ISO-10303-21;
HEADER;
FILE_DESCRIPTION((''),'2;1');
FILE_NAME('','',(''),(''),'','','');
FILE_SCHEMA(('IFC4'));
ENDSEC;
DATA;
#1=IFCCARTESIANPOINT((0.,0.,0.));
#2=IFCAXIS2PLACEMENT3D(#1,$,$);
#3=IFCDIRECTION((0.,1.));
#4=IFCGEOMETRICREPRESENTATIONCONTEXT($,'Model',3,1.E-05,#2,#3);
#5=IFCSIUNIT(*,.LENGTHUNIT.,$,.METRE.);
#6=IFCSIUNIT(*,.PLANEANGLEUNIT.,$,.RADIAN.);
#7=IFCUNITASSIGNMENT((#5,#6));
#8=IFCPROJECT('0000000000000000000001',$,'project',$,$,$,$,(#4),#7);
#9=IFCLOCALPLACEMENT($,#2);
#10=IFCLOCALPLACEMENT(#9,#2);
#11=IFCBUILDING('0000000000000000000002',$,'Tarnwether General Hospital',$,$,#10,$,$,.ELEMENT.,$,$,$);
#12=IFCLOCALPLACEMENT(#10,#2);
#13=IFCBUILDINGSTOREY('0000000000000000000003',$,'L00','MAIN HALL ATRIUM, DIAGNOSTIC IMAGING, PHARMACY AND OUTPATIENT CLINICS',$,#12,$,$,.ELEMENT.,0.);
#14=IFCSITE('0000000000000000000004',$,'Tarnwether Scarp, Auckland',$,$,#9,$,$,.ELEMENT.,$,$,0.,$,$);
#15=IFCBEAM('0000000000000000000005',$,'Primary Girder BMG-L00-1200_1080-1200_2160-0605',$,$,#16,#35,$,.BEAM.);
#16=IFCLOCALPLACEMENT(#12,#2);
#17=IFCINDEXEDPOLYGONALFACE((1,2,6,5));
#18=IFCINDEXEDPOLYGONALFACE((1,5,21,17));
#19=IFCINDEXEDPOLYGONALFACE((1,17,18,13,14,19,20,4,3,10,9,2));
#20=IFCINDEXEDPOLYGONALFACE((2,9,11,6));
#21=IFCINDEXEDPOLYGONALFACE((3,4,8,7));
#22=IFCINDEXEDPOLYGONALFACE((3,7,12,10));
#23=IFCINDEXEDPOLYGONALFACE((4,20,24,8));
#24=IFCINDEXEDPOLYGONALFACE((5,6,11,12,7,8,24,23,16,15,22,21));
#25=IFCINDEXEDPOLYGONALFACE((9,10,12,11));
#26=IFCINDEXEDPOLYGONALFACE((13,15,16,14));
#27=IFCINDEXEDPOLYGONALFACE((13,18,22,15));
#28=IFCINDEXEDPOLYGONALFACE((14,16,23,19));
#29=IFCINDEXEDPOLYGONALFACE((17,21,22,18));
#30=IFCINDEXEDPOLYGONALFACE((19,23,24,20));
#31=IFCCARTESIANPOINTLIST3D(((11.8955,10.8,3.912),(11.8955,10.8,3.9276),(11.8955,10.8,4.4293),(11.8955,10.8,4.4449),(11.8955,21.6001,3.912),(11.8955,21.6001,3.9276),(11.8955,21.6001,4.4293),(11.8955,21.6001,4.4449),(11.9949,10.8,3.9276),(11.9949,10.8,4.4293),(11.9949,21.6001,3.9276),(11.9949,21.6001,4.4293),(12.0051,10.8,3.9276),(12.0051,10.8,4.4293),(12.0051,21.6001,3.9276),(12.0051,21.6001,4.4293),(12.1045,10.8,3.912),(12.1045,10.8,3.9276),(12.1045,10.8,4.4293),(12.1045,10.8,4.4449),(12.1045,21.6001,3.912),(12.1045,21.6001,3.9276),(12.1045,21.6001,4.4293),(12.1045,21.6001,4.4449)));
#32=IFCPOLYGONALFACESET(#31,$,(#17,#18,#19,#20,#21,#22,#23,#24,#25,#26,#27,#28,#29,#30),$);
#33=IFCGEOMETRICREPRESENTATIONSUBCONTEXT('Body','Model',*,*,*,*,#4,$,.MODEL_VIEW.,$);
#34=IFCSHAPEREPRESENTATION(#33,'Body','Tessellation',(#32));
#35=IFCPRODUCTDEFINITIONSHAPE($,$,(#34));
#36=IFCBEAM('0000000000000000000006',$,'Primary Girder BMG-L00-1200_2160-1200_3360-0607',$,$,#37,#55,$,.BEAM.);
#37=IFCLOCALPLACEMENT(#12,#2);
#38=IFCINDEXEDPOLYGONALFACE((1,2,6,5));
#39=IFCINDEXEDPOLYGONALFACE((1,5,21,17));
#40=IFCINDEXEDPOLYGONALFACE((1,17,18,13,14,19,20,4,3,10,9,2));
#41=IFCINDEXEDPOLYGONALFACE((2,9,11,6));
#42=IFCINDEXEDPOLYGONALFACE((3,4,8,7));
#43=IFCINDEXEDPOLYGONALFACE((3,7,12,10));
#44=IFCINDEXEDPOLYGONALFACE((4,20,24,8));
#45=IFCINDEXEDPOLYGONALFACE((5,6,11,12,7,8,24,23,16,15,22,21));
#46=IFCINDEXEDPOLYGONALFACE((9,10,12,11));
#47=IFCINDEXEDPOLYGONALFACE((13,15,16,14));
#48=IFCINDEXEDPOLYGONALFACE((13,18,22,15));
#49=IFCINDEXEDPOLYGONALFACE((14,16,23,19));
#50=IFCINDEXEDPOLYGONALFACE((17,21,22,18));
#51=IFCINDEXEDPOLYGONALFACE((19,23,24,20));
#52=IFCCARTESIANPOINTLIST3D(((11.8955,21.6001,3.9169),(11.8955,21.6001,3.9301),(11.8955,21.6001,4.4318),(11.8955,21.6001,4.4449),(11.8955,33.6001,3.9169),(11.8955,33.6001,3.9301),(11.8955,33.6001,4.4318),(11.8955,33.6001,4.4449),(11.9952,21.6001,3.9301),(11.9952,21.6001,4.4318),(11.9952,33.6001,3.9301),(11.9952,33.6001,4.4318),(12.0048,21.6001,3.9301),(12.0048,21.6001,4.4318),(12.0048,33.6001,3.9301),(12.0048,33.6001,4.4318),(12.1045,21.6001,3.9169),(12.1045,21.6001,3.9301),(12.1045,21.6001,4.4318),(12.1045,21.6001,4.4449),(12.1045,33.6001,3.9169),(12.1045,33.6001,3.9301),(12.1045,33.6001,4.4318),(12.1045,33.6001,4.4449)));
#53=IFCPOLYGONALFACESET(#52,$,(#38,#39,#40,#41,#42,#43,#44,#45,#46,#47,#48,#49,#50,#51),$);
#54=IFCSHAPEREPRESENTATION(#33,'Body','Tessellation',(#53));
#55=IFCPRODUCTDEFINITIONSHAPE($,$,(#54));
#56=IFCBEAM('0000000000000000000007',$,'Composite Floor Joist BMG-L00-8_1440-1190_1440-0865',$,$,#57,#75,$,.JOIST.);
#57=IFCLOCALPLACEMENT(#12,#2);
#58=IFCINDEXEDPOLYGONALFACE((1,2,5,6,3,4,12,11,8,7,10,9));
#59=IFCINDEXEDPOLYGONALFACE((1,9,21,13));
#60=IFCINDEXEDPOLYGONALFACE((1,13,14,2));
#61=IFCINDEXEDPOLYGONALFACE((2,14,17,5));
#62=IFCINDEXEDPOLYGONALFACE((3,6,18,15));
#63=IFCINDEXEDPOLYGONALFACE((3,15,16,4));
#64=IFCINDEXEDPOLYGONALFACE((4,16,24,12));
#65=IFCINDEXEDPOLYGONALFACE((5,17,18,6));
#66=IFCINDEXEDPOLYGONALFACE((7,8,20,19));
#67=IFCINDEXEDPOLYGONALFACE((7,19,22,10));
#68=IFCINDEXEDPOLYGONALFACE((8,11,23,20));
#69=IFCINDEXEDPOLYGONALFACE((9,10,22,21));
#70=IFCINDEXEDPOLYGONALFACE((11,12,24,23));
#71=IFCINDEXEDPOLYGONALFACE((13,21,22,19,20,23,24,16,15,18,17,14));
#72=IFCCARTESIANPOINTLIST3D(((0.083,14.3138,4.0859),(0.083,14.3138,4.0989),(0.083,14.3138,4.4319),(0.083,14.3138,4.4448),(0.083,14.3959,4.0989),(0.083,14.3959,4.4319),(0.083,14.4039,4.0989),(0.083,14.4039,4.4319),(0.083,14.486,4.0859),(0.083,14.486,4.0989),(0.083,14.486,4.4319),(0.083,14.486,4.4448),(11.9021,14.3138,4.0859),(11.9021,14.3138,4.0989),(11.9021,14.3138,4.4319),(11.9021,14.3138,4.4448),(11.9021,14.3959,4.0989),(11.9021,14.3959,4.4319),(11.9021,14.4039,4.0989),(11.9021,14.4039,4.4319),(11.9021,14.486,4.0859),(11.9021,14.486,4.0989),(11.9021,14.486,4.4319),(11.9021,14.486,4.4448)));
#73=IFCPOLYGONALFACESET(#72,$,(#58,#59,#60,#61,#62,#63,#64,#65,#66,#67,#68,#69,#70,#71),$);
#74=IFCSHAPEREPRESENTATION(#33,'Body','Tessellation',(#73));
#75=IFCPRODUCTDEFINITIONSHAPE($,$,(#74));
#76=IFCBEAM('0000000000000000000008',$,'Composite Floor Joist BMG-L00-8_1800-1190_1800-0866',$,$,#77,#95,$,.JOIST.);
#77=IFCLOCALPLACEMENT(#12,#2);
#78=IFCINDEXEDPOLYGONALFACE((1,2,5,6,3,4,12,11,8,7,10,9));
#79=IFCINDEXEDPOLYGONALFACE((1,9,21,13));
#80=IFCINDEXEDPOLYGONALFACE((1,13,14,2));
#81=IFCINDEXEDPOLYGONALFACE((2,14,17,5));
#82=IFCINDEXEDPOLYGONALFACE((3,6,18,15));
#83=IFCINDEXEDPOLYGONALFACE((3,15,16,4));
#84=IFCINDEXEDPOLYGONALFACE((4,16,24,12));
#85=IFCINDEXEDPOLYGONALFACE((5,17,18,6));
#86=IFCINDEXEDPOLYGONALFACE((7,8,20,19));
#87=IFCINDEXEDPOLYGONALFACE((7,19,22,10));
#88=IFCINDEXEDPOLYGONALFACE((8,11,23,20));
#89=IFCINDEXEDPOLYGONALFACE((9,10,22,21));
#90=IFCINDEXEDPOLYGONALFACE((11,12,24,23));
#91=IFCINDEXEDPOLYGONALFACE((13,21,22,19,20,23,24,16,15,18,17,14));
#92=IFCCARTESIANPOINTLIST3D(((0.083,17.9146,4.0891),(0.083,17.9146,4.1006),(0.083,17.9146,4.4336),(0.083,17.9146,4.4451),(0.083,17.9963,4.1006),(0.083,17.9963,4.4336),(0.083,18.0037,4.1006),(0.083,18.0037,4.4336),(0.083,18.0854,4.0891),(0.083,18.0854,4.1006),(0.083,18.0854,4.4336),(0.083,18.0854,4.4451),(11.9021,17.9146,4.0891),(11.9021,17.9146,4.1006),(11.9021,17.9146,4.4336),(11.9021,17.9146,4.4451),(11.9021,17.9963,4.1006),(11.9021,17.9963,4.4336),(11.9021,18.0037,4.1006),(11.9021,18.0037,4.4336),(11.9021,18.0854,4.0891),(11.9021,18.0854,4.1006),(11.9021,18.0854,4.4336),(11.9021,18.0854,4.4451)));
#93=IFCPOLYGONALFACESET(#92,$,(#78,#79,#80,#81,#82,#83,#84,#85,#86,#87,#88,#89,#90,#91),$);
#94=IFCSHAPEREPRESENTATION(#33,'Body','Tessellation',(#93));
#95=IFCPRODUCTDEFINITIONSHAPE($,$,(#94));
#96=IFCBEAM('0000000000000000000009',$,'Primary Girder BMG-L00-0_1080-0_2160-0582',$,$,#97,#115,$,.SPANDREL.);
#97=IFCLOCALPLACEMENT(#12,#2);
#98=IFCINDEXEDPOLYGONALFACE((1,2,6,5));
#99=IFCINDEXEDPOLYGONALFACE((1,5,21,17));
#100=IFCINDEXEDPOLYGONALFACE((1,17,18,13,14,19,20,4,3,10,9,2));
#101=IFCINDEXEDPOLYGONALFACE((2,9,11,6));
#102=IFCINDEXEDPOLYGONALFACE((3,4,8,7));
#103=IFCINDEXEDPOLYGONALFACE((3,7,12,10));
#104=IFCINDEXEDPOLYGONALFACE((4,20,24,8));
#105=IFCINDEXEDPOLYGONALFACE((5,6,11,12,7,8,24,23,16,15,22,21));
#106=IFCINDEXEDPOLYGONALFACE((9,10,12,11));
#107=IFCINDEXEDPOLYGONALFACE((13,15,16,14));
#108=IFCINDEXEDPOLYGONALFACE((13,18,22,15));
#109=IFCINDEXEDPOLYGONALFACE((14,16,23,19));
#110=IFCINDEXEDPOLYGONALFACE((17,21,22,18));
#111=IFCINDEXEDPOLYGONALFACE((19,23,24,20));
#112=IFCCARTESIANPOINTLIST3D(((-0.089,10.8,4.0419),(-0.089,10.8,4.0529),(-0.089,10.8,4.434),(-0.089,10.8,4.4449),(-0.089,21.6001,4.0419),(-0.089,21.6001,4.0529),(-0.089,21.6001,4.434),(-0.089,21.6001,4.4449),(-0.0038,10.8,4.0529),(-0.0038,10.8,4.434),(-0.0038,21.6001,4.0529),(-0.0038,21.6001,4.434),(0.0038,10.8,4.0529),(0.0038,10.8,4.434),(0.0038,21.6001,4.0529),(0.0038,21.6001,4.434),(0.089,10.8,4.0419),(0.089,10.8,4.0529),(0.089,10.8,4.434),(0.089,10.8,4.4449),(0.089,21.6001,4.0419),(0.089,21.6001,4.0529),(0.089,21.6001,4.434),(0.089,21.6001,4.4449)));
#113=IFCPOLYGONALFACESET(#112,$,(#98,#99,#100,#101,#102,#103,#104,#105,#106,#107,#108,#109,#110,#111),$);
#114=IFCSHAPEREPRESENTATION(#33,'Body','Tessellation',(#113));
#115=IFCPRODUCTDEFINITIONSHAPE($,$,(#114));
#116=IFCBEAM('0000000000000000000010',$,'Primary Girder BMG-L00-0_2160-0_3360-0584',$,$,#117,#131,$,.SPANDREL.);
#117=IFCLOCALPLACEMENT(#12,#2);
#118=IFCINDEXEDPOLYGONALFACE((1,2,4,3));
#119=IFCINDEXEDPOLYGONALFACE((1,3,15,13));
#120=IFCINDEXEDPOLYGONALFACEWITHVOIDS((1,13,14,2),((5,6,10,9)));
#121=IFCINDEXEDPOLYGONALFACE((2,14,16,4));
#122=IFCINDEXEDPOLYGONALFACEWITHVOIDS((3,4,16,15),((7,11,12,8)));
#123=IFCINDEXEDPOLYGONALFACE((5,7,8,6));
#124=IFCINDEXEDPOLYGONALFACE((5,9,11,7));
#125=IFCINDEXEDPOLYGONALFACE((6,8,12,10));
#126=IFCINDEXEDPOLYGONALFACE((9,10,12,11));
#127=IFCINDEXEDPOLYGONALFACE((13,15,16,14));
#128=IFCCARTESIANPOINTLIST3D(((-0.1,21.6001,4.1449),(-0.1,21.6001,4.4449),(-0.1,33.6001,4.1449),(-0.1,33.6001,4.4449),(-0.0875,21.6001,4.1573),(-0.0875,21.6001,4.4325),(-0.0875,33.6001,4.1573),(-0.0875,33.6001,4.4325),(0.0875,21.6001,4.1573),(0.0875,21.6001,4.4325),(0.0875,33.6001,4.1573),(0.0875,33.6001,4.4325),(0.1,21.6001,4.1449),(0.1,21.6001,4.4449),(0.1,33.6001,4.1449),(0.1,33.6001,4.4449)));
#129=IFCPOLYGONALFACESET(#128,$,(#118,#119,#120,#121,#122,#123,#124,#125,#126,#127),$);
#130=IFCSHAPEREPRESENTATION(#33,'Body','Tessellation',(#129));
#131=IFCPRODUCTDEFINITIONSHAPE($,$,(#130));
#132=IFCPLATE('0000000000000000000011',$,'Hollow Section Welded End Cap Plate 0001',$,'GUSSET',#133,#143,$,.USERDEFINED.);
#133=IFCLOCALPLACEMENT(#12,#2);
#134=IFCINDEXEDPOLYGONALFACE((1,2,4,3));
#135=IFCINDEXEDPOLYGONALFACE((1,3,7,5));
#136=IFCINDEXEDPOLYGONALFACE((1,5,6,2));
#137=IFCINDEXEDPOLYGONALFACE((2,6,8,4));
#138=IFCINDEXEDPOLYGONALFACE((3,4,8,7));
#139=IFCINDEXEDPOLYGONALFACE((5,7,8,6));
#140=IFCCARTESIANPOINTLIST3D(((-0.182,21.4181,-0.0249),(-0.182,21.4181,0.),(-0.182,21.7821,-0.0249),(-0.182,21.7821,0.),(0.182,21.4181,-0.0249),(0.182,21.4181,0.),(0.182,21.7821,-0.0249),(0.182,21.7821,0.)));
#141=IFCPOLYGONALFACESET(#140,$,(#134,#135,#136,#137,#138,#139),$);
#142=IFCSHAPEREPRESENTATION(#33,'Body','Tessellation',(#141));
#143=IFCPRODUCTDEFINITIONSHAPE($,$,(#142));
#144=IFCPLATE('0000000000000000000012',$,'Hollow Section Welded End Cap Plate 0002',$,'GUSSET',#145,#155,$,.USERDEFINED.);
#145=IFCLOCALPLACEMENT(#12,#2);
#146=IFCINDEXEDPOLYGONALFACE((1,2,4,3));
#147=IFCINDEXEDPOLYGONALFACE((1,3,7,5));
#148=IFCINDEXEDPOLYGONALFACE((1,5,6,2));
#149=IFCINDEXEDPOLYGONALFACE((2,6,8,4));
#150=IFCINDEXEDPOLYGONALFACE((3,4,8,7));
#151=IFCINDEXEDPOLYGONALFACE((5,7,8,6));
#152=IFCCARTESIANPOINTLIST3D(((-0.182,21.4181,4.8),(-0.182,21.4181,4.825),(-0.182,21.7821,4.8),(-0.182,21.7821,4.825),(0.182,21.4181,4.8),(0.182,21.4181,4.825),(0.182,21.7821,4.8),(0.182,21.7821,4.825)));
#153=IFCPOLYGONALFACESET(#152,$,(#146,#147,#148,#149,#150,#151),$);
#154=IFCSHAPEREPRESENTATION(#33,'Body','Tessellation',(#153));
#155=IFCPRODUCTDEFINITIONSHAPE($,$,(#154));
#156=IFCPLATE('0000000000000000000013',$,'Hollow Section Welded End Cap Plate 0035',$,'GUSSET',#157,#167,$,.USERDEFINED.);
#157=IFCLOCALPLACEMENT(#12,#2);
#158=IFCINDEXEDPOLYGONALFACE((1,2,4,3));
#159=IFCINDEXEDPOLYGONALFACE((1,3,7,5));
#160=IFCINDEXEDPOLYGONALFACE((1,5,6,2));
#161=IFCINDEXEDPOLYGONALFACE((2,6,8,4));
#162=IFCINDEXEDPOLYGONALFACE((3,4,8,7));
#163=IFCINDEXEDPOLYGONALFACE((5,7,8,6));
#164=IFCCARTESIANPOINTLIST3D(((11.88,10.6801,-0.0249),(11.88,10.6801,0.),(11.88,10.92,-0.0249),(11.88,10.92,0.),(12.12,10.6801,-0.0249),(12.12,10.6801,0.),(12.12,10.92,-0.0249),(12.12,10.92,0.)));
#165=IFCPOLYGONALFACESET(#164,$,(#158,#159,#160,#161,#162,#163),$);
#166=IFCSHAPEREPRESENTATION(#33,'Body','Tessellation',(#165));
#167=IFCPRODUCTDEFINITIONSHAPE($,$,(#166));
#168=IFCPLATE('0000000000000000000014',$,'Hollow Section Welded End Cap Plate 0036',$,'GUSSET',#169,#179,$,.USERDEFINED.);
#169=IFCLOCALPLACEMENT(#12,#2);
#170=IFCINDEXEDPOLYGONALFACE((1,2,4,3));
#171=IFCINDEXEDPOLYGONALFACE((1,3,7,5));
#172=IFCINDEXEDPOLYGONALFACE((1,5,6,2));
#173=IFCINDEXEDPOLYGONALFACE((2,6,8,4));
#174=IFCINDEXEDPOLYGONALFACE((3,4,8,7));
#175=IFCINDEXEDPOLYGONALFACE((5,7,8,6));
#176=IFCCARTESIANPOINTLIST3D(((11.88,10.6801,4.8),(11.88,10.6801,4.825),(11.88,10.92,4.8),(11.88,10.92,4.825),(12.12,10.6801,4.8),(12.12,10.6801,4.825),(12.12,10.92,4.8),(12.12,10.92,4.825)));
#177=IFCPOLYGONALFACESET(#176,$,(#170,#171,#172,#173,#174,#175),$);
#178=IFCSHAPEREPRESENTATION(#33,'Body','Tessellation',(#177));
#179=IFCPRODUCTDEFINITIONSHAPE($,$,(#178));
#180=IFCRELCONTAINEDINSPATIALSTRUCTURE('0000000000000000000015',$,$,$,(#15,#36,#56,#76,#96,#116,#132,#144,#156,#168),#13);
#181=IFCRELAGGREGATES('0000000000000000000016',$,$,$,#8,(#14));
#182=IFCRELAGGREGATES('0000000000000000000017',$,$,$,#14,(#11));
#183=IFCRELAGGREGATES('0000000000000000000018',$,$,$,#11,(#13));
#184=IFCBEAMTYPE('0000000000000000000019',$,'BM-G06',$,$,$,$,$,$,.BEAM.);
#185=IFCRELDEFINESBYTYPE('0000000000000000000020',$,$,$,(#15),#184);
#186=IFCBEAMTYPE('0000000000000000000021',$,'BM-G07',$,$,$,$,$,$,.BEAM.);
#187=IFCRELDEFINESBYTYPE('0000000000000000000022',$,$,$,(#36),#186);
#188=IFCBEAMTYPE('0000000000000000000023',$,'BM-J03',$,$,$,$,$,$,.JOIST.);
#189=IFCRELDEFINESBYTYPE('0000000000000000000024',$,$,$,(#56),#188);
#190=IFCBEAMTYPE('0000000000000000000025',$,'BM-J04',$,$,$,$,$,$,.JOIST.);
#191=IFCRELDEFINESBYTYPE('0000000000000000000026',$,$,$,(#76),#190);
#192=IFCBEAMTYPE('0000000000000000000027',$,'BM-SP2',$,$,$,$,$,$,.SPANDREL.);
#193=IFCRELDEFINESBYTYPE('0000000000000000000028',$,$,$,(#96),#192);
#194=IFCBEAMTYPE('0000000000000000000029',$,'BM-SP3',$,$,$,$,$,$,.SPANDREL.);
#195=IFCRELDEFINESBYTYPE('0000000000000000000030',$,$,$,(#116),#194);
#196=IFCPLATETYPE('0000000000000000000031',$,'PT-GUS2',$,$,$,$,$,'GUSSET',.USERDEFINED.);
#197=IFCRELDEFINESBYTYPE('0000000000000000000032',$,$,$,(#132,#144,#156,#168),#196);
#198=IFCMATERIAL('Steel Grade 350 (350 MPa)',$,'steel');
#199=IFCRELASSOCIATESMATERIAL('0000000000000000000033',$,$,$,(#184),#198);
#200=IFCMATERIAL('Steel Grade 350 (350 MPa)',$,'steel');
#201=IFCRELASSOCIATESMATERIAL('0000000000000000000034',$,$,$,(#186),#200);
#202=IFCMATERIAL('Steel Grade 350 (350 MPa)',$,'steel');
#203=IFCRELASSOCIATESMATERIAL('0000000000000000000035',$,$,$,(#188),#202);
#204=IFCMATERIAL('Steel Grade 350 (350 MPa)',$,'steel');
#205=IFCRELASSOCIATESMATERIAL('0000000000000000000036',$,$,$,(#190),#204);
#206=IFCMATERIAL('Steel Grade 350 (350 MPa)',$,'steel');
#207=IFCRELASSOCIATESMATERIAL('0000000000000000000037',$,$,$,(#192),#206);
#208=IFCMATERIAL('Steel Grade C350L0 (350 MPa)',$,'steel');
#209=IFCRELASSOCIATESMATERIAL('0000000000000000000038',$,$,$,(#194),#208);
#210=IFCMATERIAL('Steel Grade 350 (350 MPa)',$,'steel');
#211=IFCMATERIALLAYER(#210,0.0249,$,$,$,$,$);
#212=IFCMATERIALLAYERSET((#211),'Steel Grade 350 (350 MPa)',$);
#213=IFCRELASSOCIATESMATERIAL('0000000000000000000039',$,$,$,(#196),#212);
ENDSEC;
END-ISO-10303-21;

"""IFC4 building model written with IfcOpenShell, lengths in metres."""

from ifc_helpers import new_model, si_unit, direction, frame, origin, origin_2d, place, context, subcontext, project, spatial, rectangle, hollow_rectangle, i_section, extrude, material, layer, layer_set, material_profile, profile_set, type_object, element, save


model = new_model("IFC4")

# Units and contexts
model_context = context("Model", 3, precision=1e-05, world=origin(), true_north=direction((0.0, 1.0)))
body_context = subcontext(model_context, "Body", "Model", "MODEL_VIEW")
ifc_project = project(units=[si_unit("LENGTHUNIT", "METRE"), si_unit("PLANEANGLEUNIT", "RADIAN")], contexts=[model_context])

# Site, building, storey
site_placement = place(None, origin())
site = spatial("IfcSite", under=ifc_project, at=site_placement, Name="Tarnwether Scarp, Auckland", CompositionType="ELEMENT", RefElevation=0.0)
building_placement = place(site_placement, origin())
building = spatial("IfcBuilding", under=site, at=building_placement, Name="Tarnwether General Hospital", CompositionType="ELEMENT")
storey_placement = place(building_placement, origin())
storey = spatial("IfcBuildingStorey", under=building, at=storey_placement, Name="L00", Description="MAIN HALL ATRIUM, DIAGNOSTIC IMAGING, PHARMACY AND OUTPATIENT CLINICS", CompositionType="ELEMENT", Elevation=0.0)

# Beams
ifc_material_1 = material(Name="Steel Grade 350 (350 MPa)", Category="steel")
ifc_material_profile_1 = material_profile(ifc_material_1, i_section(OverallWidth=0.209, OverallDepth=0.533, WebThickness=0.0103, FlangeThickness=0.0156, at=origin_2d()), Name="530UB92.4")
ifc_profile_set_1 = profile_set([ifc_material_profile_1], Name="Steel Grade 350 (350 MPa)")
beam_type_1 = type_object("IfcBeamType", Name="BM-G06", PredefinedType="BEAM", material=ifc_profile_set_1)
beam_1_placement = place(storey_placement, frame((12.0, 10.8, 4.1785), z_axis=(0.0, 1.0, 0.0), x_axis=(-1.0, 0.0, 0.0)))
element("IfcBeam", 1, at=beam_1_placement, inside=storey, type_object=beam_type_1, Name="Primary Girder BMG-L00-1200_1080-1200_2160-0605", PredefinedType="BEAM", context=body_context, shape_type="SweptSolid", body=[
    extrude(i_section(OverallWidth=0.209, OverallDepth=0.533, WebThickness=0.0103, FlangeThickness=0.0156, at=origin_2d()), origin(), (0.0, 0.0, 1.0), 10.8),
])
ifc_material_2 = material(Name="Steel Grade 350 (350 MPa)", Category="steel")
ifc_material_profile_2 = material_profile(ifc_material_2, i_section(OverallWidth=0.209, OverallDepth=0.5281, WebThickness=0.0095, FlangeThickness=0.0132, at=origin_2d()), Name="530UB82.0")
ifc_profile_set_2 = profile_set([ifc_material_profile_2], Name="Steel Grade 350 (350 MPa)")
beam_type_2 = type_object("IfcBeamType", Name="BM-G07", PredefinedType="BEAM", material=ifc_profile_set_2)
beam_2_placement = place(storey_placement, frame((12.0, 21.6001, 4.1809), z_axis=(0.0, 1.0, 0.0), x_axis=(-1.0, 0.0, 0.0)))
element("IfcBeam", 2, at=beam_2_placement, inside=storey, type_object=beam_type_2, Name="Primary Girder BMG-L00-1200_2160-1200_3360-0607", PredefinedType="BEAM", context=body_context, shape_type="SweptSolid", body=[
    extrude(i_section(OverallWidth=0.209, OverallDepth=0.5281, WebThickness=0.0095, FlangeThickness=0.0132, at=origin_2d()), origin(), (0.0, 0.0, 1.0), 12.0),
])
ifc_material_3 = material(Name="Steel Grade 350 (350 MPa)", Category="steel")
ifc_material_profile_3 = material_profile(ifc_material_3, i_section(OverallWidth=0.1721, OverallDepth=0.3589, WebThickness=0.0081, FlangeThickness=0.0129, at=origin_2d()), Name="360UB56.7")
ifc_profile_set_3 = profile_set([ifc_material_profile_3], Name="Steel Grade 350 (350 MPa)")
beam_type_3 = type_object("IfcBeamType", Name="BM-J03", PredefinedType="JOIST", material=ifc_profile_set_3)
beam_3_placement = place(storey_placement, frame((0.083, 14.3999, 4.2654), z_axis=(1.0, 0.0, 0.0), x_axis=(0.0, 1.0, 0.0)))
element("IfcBeam", 3, at=beam_3_placement, inside=storey, type_object=beam_type_3, Name="Composite Floor Joist BMG-L00-8_1440-1190_1440-0865", PredefinedType="JOIST", context=body_context, shape_type="SweptSolid", body=[
    extrude(i_section(OverallWidth=0.1721, OverallDepth=0.3589, WebThickness=0.0081, FlangeThickness=0.0129, at=origin_2d()), origin(), (0.0, 0.0, 1.0), 11.8191),
])
ifc_material_4 = material(Name="Steel Grade 350 (350 MPa)", Category="steel")
ifc_material_profile_4 = material_profile(ifc_material_4, i_section(OverallWidth=0.1709, OverallDepth=0.356, WebThickness=0.0073, FlangeThickness=0.0115, at=origin_2d()), Name="360UB50.7")
ifc_profile_set_4 = profile_set([ifc_material_profile_4], Name="Steel Grade 350 (350 MPa)")
beam_type_4 = type_object("IfcBeamType", Name="BM-J04", PredefinedType="JOIST", material=ifc_profile_set_4)
beam_4_placement = place(storey_placement, frame((0.083, 18.0, 4.2671), z_axis=(1.0, 0.0, 0.0), x_axis=(0.0, 1.0, 0.0)))
element("IfcBeam", 4, at=beam_4_placement, inside=storey, type_object=beam_type_4, Name="Composite Floor Joist BMG-L00-8_1800-1190_1800-0866", PredefinedType="JOIST", context=body_context, shape_type="SweptSolid", body=[
    extrude(i_section(OverallWidth=0.1709, OverallDepth=0.356, WebThickness=0.0073, FlangeThickness=0.0115, at=origin_2d()), origin(), (0.0, 0.0, 1.0), 11.8191),
])
ifc_material_5 = material(Name="Steel Grade 350 (350 MPa)", Category="steel")
ifc_material_profile_5 = material_profile(ifc_material_5, i_section(OverallWidth=0.178, OverallDepth=0.4031, WebThickness=0.0076, FlangeThickness=0.011, at=origin_2d()), Name="410UB53.7")
ifc_profile_set_5 = profile_set([ifc_material_profile_5], Name="Steel Grade 350 (350 MPa)")
beam_type_5 = type_object("IfcBeamType", Name="BM-SP2", PredefinedType="SPANDREL", material=ifc_profile_set_5)
beam_5_placement = place(storey_placement, frame((0.0, 10.8, 4.2434), z_axis=(0.0, 1.0, 0.0), x_axis=(-1.0, 0.0, 0.0)))
element("IfcBeam", 5, at=beam_5_placement, inside=storey, type_object=beam_type_5, Name="Primary Girder BMG-L00-0_1080-0_2160-0582", PredefinedType="SPANDREL", context=body_context, shape_type="SweptSolid", body=[
    extrude(i_section(OverallWidth=0.178, OverallDepth=0.4031, WebThickness=0.0076, FlangeThickness=0.011, at=origin_2d()), origin(), (0.0, 0.0, 1.0), 10.8),
])
ifc_material_6 = material(Name="Steel Grade C350L0 (350 MPa)", Category="steel")
ifc_material_profile_6 = material_profile(ifc_material_6, hollow_rectangle(XDim=0.2, YDim=0.3, WallThickness=0.0125, at=origin_2d()), Name="RHS300x200x12.5")
ifc_profile_set_6 = profile_set([ifc_material_profile_6], Name="Steel Grade C350L0 (350 MPa)")
beam_type_6 = type_object("IfcBeamType", Name="BM-SP3", PredefinedType="SPANDREL", material=ifc_profile_set_6)
beam_6_placement = place(storey_placement, frame((0.0, 21.6001, 4.2949), z_axis=(0.0, 1.0, 0.0), x_axis=(-1.0, 0.0, 0.0)))
element("IfcBeam", 6, at=beam_6_placement, inside=storey, type_object=beam_type_6, Name="Primary Girder BMG-L00-0_2160-0_3360-0584", PredefinedType="SPANDREL", context=body_context, shape_type="SweptSolid", body=[
    extrude(hollow_rectangle(XDim=0.2, YDim=0.3, WallThickness=0.0125, at=origin_2d()), origin(), (0.0, 0.0, 1.0), 12.0),
])

# Plates
ifc_material_7 = material(Name="Steel Grade 350 (350 MPa)", Category="steel")
ifc_layer_1 = layer(ifc_material_7, 0.0249)
ifc_layer_set_1 = layer_set([ifc_layer_1], Name="Steel Grade 350 (350 MPa)")
plate_type = type_object("IfcPlateType", Name="PT-GUS2", ElementType="GUSSET", PredefinedType="USERDEFINED", material=ifc_layer_set_1)
for number, where, z_axis, x_axis, name in (
    (7, (0.0, 21.6001, -0.0249), (0.0, 0.0, 1.0), (1.0, 0.0, 0.0), "Hollow Section Welded End Cap Plate 0001"),
    (8, (0.0, 21.6001, 4.8), (0.0, 0.0, 1.0), (1.0, 0.0, 0.0), "Hollow Section Welded End Cap Plate 0002"),
):
    element("IfcPlate", number, at=place(storey_placement, frame(where, z_axis=z_axis, x_axis=x_axis)), inside=storey, type_object=plate_type, Name=name, ObjectType="GUSSET", PredefinedType="USERDEFINED", context=body_context, shape_type="SweptSolid", body=[
        extrude(rectangle(XDim=0.364, YDim=0.364, at=origin_2d()), origin(), (0.0, 0.0, 1.0), 0.0249),
    ])
for number, where, z_axis, x_axis, name in (
    (9, (12.0, 10.8, -0.0249), (0.0, 0.0, 1.0), (1.0, 0.0, 0.0), "Hollow Section Welded End Cap Plate 0035"),
    (10, (12.0, 10.8, 4.8), (0.0, 0.0, 1.0), (1.0, 0.0, 0.0), "Hollow Section Welded End Cap Plate 0036"),
):
    element("IfcPlate", number, at=place(storey_placement, frame(where, z_axis=z_axis, x_axis=x_axis)), inside=storey, type_object=plate_type, Name=name, ObjectType="GUSSET", PredefinedType="USERDEFINED", context=body_context, shape_type="SweptSolid", body=[
        extrude(rectangle(XDim=0.24, YDim=0.24, at=origin_2d()), origin(), (0.0, 0.0, 1.0), 0.0249),
    ])

save(model, "model.ifc")
